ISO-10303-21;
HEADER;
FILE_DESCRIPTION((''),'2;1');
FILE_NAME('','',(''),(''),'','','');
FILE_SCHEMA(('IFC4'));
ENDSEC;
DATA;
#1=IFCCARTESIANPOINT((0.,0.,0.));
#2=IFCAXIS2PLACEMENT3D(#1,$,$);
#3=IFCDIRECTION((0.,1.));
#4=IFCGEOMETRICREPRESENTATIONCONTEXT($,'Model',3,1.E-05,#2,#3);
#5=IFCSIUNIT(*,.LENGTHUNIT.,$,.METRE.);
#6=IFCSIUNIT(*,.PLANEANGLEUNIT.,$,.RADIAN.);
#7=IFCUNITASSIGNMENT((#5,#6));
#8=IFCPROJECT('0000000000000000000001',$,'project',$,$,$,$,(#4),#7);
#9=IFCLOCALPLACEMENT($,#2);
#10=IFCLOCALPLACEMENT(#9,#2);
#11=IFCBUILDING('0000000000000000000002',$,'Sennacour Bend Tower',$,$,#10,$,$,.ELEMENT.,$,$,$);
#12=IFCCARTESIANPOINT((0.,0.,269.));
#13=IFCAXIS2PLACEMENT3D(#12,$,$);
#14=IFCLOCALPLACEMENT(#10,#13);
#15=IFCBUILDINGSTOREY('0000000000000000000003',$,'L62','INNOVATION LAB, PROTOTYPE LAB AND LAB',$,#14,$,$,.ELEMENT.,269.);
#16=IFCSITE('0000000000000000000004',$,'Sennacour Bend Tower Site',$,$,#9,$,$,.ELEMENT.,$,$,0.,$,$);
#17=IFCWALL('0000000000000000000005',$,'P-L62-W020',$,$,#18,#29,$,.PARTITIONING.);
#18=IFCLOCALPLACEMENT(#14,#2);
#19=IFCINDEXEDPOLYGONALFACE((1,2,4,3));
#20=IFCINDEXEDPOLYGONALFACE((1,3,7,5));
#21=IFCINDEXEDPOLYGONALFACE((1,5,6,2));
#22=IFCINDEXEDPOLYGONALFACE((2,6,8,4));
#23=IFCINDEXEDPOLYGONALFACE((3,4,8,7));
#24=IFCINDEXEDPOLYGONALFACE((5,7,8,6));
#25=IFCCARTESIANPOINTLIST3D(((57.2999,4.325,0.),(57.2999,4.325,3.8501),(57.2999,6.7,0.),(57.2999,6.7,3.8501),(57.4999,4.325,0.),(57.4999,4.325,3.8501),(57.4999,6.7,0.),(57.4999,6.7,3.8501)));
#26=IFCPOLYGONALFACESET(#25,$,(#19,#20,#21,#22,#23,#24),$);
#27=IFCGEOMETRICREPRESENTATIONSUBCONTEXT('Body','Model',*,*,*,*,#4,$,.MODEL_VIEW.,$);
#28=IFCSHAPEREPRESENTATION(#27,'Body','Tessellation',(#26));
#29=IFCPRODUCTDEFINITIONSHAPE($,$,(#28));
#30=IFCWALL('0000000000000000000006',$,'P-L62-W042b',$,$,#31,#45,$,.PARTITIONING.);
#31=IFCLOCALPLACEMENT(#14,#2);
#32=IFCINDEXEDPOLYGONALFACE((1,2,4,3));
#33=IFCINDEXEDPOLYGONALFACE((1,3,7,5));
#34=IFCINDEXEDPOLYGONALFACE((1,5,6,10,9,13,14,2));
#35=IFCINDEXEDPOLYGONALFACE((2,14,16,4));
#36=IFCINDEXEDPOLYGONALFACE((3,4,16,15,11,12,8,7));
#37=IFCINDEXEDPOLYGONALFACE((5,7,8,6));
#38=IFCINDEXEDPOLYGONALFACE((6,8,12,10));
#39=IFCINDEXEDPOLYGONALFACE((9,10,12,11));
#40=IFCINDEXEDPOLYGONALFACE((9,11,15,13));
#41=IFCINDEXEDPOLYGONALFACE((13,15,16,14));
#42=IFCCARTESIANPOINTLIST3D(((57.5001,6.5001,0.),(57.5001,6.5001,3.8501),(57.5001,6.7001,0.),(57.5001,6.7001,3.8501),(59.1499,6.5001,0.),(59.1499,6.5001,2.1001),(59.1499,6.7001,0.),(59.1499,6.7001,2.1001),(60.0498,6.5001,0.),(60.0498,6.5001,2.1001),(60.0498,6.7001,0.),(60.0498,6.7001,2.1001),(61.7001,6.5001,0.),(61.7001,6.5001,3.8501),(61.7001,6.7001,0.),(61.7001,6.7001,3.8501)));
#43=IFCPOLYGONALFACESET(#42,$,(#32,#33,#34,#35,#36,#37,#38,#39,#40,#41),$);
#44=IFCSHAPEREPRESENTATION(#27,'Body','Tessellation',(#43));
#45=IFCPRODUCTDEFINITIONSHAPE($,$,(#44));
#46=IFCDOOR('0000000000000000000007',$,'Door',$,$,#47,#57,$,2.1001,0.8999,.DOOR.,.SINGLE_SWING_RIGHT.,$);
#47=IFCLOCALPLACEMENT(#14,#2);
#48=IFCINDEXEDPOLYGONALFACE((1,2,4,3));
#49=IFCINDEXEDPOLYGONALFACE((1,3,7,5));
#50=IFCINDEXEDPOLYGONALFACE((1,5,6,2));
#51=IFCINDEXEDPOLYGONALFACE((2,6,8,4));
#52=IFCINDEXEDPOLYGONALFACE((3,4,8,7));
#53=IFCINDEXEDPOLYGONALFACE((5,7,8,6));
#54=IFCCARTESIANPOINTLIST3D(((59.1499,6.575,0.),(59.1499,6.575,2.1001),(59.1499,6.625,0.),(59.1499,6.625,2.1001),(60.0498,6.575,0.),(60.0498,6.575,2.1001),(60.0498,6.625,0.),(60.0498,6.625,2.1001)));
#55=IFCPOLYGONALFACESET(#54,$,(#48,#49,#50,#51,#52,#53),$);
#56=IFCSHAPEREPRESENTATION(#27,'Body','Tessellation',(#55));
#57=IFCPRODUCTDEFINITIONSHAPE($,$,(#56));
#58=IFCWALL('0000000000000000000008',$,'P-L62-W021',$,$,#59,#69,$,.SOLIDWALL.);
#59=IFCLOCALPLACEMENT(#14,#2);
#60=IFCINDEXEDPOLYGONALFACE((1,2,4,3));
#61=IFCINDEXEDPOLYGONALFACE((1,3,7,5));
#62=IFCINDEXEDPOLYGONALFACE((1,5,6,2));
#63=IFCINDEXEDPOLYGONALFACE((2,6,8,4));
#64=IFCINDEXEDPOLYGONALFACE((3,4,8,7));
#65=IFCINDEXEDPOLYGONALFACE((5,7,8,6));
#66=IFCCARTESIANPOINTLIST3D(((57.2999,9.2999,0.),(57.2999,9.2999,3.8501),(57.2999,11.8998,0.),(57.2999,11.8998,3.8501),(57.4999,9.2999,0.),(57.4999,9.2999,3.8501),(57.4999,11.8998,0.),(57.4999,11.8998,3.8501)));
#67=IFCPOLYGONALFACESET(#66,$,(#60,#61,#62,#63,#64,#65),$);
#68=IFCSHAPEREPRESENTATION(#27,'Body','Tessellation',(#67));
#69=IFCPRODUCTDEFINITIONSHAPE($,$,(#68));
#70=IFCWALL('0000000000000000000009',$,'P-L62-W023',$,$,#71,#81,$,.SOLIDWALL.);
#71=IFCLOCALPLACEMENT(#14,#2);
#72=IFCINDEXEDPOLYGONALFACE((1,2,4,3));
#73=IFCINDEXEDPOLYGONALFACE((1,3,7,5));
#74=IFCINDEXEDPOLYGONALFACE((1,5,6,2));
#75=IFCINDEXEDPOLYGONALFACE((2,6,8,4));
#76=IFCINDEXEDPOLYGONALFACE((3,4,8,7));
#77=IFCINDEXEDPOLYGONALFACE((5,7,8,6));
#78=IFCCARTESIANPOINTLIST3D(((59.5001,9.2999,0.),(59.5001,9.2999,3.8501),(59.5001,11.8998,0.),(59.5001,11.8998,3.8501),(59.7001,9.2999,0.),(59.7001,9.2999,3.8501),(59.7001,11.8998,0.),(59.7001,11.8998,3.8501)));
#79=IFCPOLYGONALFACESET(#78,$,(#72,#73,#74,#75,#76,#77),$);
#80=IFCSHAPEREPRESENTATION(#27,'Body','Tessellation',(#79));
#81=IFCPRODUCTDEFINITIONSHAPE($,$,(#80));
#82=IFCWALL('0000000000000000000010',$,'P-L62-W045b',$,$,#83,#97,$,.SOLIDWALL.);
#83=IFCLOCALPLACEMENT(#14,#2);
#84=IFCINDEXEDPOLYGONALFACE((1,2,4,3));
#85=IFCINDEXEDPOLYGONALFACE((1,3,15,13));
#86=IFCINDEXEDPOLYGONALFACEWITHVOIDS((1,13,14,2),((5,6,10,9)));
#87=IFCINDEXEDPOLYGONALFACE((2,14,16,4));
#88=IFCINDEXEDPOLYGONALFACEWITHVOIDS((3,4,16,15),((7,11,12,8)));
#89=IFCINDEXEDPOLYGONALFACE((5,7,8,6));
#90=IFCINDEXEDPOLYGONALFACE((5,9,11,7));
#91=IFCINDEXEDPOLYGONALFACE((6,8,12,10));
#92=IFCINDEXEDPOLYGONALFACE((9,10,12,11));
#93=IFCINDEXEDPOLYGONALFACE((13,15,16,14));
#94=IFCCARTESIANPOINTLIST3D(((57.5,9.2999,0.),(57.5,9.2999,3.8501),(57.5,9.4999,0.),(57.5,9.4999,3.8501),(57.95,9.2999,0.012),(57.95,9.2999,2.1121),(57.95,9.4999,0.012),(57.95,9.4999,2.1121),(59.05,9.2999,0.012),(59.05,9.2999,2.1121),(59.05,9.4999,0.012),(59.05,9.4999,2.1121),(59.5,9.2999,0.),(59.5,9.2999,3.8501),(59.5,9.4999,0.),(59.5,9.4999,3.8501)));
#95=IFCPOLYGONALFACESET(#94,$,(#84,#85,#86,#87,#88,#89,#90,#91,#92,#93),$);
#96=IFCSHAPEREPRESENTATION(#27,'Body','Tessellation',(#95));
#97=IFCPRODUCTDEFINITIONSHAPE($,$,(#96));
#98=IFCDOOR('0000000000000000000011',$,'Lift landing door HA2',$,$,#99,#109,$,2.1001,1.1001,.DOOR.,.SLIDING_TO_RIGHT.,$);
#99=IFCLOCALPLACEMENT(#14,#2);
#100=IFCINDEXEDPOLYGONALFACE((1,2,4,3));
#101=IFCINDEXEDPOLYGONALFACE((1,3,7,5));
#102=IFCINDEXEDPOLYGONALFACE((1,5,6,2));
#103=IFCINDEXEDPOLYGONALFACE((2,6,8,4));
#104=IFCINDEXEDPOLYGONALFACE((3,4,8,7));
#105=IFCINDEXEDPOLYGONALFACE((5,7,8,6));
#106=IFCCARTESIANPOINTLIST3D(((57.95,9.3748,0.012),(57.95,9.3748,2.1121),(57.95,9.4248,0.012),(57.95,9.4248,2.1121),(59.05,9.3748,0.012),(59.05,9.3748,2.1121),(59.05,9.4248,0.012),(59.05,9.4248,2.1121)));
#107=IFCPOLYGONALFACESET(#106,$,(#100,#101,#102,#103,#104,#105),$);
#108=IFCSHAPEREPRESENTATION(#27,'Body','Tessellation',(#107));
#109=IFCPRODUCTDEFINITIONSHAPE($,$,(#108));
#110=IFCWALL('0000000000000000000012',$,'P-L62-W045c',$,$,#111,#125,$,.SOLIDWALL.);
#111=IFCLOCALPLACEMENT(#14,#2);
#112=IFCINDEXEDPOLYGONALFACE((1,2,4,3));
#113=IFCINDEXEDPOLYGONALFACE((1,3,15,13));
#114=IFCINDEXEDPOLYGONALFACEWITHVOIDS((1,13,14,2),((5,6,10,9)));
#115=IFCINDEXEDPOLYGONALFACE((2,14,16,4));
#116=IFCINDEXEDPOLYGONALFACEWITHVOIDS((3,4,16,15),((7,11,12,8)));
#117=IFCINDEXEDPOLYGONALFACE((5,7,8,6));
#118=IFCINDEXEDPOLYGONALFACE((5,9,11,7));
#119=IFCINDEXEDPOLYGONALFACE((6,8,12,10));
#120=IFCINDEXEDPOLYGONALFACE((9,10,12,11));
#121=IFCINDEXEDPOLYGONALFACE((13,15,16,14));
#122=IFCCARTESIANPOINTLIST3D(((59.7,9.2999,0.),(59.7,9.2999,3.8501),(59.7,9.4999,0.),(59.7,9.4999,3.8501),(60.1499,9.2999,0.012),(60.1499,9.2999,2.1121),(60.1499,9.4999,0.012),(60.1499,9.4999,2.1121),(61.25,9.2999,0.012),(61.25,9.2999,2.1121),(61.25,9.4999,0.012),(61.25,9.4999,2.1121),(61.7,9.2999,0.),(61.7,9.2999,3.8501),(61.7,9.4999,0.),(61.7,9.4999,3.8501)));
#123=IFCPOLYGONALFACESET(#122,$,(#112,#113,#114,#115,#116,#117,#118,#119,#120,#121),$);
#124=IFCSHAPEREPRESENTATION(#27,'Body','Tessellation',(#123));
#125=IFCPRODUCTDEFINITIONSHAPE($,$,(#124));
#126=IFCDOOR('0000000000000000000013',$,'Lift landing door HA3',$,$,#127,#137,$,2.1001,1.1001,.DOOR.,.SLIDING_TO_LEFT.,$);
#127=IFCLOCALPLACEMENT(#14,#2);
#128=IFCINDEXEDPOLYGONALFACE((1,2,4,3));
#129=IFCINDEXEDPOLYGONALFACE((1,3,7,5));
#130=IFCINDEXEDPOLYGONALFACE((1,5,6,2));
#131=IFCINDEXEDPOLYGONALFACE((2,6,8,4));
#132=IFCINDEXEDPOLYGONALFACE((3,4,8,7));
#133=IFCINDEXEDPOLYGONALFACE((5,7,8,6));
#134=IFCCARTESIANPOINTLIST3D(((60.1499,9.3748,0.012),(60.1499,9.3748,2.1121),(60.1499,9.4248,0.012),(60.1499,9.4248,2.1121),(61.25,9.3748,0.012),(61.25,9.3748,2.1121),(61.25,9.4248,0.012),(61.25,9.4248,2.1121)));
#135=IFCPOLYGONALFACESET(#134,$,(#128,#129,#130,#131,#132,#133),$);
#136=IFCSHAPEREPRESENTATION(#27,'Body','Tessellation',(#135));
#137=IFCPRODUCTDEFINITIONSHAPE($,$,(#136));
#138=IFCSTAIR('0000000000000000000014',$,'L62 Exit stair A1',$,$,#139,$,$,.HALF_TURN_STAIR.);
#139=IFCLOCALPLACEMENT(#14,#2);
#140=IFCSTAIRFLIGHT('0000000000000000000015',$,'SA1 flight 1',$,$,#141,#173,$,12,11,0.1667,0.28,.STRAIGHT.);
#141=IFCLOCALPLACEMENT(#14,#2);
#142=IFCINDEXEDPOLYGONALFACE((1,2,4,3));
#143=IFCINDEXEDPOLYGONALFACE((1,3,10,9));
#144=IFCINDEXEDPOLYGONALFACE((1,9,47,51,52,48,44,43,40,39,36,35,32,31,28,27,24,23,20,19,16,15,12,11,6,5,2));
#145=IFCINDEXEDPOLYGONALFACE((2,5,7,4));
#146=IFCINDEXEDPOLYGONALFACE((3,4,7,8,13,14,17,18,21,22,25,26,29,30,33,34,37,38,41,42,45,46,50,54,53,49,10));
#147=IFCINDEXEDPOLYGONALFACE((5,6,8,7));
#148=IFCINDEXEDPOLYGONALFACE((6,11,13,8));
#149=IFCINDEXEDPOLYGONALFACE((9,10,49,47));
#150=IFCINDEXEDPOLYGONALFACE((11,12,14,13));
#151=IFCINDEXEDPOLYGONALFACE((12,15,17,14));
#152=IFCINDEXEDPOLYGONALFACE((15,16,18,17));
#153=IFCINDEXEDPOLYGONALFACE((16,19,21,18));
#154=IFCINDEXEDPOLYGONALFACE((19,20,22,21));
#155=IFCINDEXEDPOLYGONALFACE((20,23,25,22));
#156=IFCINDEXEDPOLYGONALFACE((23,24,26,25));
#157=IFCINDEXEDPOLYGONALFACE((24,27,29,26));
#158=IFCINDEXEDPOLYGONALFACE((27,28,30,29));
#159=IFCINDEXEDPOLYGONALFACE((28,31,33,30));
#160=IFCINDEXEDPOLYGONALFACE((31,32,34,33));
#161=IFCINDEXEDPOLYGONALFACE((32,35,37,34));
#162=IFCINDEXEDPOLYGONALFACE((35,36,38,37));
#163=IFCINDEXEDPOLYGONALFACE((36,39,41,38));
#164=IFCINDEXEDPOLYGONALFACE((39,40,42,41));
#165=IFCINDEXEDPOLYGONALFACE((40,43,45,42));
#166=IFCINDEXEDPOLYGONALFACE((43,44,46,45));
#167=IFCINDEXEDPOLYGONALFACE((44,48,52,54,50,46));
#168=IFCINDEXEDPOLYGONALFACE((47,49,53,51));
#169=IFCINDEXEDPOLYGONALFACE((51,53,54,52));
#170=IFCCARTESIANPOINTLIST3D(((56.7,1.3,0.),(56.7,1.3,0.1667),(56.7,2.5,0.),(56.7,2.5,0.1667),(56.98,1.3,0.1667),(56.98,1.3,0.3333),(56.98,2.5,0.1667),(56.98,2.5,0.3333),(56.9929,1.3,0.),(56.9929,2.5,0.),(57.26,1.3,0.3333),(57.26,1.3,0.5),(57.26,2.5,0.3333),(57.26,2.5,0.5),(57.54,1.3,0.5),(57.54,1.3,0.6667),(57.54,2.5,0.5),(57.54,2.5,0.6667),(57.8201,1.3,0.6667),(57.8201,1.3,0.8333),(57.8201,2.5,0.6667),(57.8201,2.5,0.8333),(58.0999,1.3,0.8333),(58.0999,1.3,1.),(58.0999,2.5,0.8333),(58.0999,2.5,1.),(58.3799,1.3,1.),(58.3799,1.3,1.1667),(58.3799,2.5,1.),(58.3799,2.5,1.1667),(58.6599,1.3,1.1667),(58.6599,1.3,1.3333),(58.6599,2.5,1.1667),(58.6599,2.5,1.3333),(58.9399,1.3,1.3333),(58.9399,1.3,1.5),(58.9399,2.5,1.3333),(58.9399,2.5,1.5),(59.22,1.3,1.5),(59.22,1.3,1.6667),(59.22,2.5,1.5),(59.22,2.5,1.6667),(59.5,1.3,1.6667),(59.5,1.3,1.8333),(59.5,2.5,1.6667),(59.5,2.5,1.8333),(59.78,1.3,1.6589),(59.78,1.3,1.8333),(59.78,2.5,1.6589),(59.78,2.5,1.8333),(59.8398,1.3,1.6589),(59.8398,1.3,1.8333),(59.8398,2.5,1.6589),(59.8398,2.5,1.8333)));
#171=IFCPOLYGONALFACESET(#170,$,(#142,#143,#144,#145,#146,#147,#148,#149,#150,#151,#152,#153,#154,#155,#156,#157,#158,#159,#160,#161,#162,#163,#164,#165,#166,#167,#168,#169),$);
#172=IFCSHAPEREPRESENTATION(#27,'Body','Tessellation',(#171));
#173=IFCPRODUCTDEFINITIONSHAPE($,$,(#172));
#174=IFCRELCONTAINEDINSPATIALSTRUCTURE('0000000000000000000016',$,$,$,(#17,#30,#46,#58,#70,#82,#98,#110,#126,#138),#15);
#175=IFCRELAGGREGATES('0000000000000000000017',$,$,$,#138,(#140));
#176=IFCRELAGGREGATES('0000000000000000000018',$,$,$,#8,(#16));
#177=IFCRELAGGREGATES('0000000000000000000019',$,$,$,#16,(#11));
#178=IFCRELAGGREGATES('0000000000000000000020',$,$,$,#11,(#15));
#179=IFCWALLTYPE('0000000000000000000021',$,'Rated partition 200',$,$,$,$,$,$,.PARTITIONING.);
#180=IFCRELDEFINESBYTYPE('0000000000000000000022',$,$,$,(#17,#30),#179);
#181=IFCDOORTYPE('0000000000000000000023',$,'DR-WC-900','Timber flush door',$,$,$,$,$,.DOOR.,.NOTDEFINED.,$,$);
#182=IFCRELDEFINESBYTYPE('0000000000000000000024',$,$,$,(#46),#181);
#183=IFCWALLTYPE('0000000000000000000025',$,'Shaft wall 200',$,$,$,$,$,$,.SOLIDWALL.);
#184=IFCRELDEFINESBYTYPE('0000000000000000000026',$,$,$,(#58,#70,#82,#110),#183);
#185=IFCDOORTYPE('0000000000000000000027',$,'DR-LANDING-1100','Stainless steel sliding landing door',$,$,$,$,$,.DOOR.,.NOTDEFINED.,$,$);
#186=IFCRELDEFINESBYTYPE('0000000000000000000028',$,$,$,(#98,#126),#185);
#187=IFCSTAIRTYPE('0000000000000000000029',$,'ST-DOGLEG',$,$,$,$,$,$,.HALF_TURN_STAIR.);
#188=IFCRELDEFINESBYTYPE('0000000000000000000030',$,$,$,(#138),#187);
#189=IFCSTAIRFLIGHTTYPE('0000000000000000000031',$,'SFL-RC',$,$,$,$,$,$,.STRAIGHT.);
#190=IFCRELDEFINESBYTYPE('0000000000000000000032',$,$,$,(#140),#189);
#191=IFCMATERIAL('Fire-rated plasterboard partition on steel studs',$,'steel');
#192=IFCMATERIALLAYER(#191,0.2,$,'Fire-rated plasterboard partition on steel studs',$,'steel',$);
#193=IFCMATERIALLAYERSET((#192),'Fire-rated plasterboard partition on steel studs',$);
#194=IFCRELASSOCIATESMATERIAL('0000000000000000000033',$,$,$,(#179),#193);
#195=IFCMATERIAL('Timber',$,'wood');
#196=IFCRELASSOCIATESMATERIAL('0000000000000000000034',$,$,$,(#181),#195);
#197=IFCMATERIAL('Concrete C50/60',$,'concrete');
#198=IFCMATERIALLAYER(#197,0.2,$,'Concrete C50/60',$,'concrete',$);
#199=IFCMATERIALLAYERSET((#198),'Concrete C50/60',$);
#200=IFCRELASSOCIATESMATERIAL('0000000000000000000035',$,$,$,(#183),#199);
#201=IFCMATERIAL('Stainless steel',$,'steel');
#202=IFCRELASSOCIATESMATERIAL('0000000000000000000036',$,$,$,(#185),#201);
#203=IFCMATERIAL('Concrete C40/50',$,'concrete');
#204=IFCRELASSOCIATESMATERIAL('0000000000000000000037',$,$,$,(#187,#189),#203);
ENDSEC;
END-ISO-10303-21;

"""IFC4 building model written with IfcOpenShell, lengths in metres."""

from ifc_helpers import new_model, si_unit, direction, frame, frame_2d, origin, place, context, subcontext, project, spatial, polyline, rectangle, outline, extrude, material, layer, layer_set, type_object, element, fill, aggregate, save


model = new_model("IFC4")

# Units and contexts
model_context = context("Model", 3, precision=1e-05, world=origin(), true_north=direction((0.0, 1.0)))
body_context = subcontext(model_context, "Body", "Model", "MODEL_VIEW")
ifc_project = project(units=[si_unit("LENGTHUNIT", "METRE"), si_unit("PLANEANGLEUNIT", "RADIAN")], contexts=[model_context])

# Site, building, storey
site_placement = place(None, origin())
site = spatial("IfcSite", under=ifc_project, at=site_placement, Name="Sennacour Bend Tower Site", CompositionType="ELEMENT", RefElevation=0.0)
building_placement = place(site_placement, origin())
building = spatial("IfcBuilding", under=site, at=building_placement, Name="Sennacour Bend Tower", CompositionType="ELEMENT")
storey_placement = place(building_placement, frame((0.0, 0.0, 269.0)))
storey = spatial("IfcBuildingStorey", under=building, at=storey_placement, Name="L62", Description="INNOVATION LAB, PROTOTYPE LAB AND LAB", CompositionType="ELEMENT", Elevation=269.0)

# Wall
ifc_material_1 = material(Name="Fire-rated plasterboard partition on steel studs", Category="steel")
ifc_layer_1 = layer(ifc_material_1, 0.2, Name="Fire-rated plasterboard partition on steel studs", Category="steel")
ifc_layer_set_1 = layer_set([ifc_layer_1], Name="Fire-rated plasterboard partition on steel studs")
wall_type_1 = type_object("IfcWallType", Name="Rated partition 200", PredefinedType="PARTITIONING", material=ifc_layer_set_1)
wall_1_placement = place(storey_placement, frame((57.3999, 4.325, 0.0), z_axis=(0.0, 0.0, 1.0), x_axis=(0.0, 1.0, 0.0)))
element("IfcWall", 1, at=wall_1_placement, inside=storey, type_object=wall_type_1, Name="P-L62-W020", PredefinedType="PARTITIONING", context=body_context, shape_type="SweptSolid", body=[
    extrude(rectangle(XDim=2.375, YDim=0.2, at=frame_2d((1.1875, 0.0))), origin(), (0.0, 0.0, 1.0), 3.8501),
])

# Wall, opening, door
wall_2_placement = place(storey_placement, frame((57.5, 6.6001, 0.0), z_axis=(0.0, 0.0, 1.0), x_axis=(1.0, 0.0, 0.0)))
wall_2 = element("IfcWall", 2, at=wall_2_placement, inside=storey, type_object=wall_type_1, Name="P-L62-W042b", PredefinedType="PARTITIONING", context=body_context, shape_type="SweptSolid", body=[
    extrude(rectangle(XDim=4.2, YDim=0.2, at=frame_2d((2.1001, 0.0))), origin(), (0.0, 0.0, 1.0), 3.8501),
])
opening_1_placement = place(wall_2_placement, frame((1.6499, 0.0, 0.0)))
opening_1 = element("IfcOpeningElement", 3, at=opening_1_placement, cuts=wall_2, PredefinedType="OPENING", context=body_context, shape_type="SweptSolid", body=[
    extrude(rectangle(XDim=0.8999, YDim=2.1001, at=frame_2d((0.45, 1.05))), frame((0.0, 0.1099, 0.0), z_axis=(0.0, -1.0, 0.0), x_axis=(1.0, 0.0, 0.0)), (0.0, 0.0, 1.0), 0.22),
])
ifc_material_2 = material(Name="Timber", Category="wood")
door_type_1 = type_object("IfcDoorType", Name="DR-WC-900", Description="Timber flush door", OperationType="NOTDEFINED", PredefinedType="DOOR", material=ifc_material_2)
door_1_placement = place(opening_1_placement, origin())
door_1 = element("IfcDoor", 4, at=door_1_placement, inside=storey, type_object=door_type_1, Name="Door", OperationType="SINGLE_SWING_RIGHT", OverallHeight=2.1001, OverallWidth=0.8999, PredefinedType="DOOR", context=body_context, shape_type="SweptSolid", body=[
    extrude(rectangle(XDim=0.8999, YDim=2.1001, at=frame_2d((0.45, 1.05))), frame((0.0, 0.0249, 0.0), z_axis=(0.0, -1.0, 0.0), x_axis=(1.0, 0.0, 0.0)), (0.0, 0.0, 1.0), 0.05),
])
fill(opening_1, door_1)

# Walls
ifc_material_3 = material(Name="Concrete C50/60", Category="concrete")
ifc_layer_2 = layer(ifc_material_3, 0.2, Name="Concrete C50/60", Category="concrete")
ifc_layer_set_2 = layer_set([ifc_layer_2], Name="Concrete C50/60")
wall_type_2 = type_object("IfcWallType", Name="Shaft wall 200", PredefinedType="SOLIDWALL", material=ifc_layer_set_2)
for number, where, z_axis, x_axis, name in (
    (5, (57.3999, 9.3, 0.0), (0.0, 0.0, 1.0), (0.0, 1.0, 0.0), "P-L62-W021"),
    (6, (59.6001, 9.3, 0.0), (0.0, 0.0, 1.0), (0.0, 1.0, 0.0), "P-L62-W023"),
):
    element("IfcWall", number, at=place(storey_placement, frame(where, z_axis=z_axis, x_axis=x_axis)), inside=storey, type_object=wall_type_2, Name=name, PredefinedType="SOLIDWALL", context=body_context, shape_type="SweptSolid", body=[
        extrude(rectangle(XDim=2.5999, YDim=0.2, at=frame_2d((1.2998, 0.0))), origin(), (0.0, 0.0, 1.0), 3.8501),
    ])

# Walls, openings, doors
wall_3_placement = place(storey_placement, frame((57.5, 9.3999, 0.0), z_axis=(0.0, 0.0, 1.0), x_axis=(1.0, 0.0, 0.0)))
wall_3 = element("IfcWall", 7, at=wall_3_placement, inside=storey, type_object=wall_type_2, Name="P-L62-W045b", PredefinedType="SOLIDWALL", context=body_context, shape_type="SweptSolid", body=[
    extrude(rectangle(XDim=2.0, YDim=0.2, at=frame_2d((1.0, 0.0))), origin(), (0.0, 0.0, 1.0), 3.8501),
])
opening_2_placement = place(wall_3_placement, frame((0.45, 0.0, 0.012)))
opening_2 = element("IfcOpeningElement", 8, at=opening_2_placement, cuts=wall_3, PredefinedType="OPENING", context=body_context, shape_type="SweptSolid", body=[
    extrude(rectangle(XDim=1.1001, YDim=2.1001, at=frame_2d((0.55, 1.05))), frame((0.0, 0.1099, 0.0), z_axis=(0.0, -1.0, 0.0), x_axis=(1.0, 0.0, 0.0)), (0.0, 0.0, 1.0), 0.22),
])
ifc_material_4 = material(Name="Stainless steel", Category="steel")
door_type_2 = type_object("IfcDoorType", Name="DR-LANDING-1100", Description="Stainless steel sliding landing door", OperationType="NOTDEFINED", PredefinedType="DOOR", material=ifc_material_4)
door_2_placement = place(opening_2_placement, origin())
door_2 = element("IfcDoor", 9, at=door_2_placement, inside=storey, type_object=door_type_2, Name="Lift landing door HA2", OperationType="SLIDING_TO_RIGHT", OverallHeight=2.1001, OverallWidth=1.1001, PredefinedType="DOOR", context=body_context, shape_type="SweptSolid", body=[
    extrude(rectangle(XDim=1.1001, YDim=2.1001, at=frame_2d((0.55, 1.05))), frame((0.0, 0.0249, 0.0), z_axis=(0.0, -1.0, 0.0), x_axis=(1.0, 0.0, 0.0)), (0.0, 0.0, 1.0), 0.05),
])
fill(opening_2, door_2)
wall_4_placement = place(storey_placement, frame((59.7, 9.3999, 0.0), z_axis=(0.0, 0.0, 1.0), x_axis=(1.0, 0.0, 0.0)))
wall_4 = element("IfcWall", 10, at=wall_4_placement, inside=storey, type_object=wall_type_2, Name="P-L62-W045c", PredefinedType="SOLIDWALL", context=body_context, shape_type="SweptSolid", body=[
    extrude(rectangle(XDim=2.0, YDim=0.2, at=frame_2d((1.0, 0.0))), origin(), (0.0, 0.0, 1.0), 3.8501),
])
opening_3_placement = place(wall_4_placement, frame((0.45, 0.0, 0.012)))
opening_3 = element("IfcOpeningElement", 11, at=opening_3_placement, cuts=wall_4, PredefinedType="OPENING", context=body_context, shape_type="SweptSolid", body=[
    extrude(rectangle(XDim=1.1001, YDim=2.1001, at=frame_2d((0.55, 1.05))), frame((0.0, 0.1099, 0.0), z_axis=(0.0, -1.0, 0.0), x_axis=(1.0, 0.0, 0.0)), (0.0, 0.0, 1.0), 0.22),
])
door_3_placement = place(opening_3_placement, origin())
door_3 = element("IfcDoor", 12, at=door_3_placement, inside=storey, type_object=door_type_2, Name="Lift landing door HA3", OperationType="SLIDING_TO_LEFT", OverallHeight=2.1001, OverallWidth=1.1001, PredefinedType="DOOR", context=body_context, shape_type="SweptSolid", body=[
    extrude(rectangle(XDim=1.1001, YDim=2.1001, at=frame_2d((0.55, 1.05))), frame((0.0, 0.0249, 0.0), z_axis=(0.0, -1.0, 0.0), x_axis=(1.0, 0.0, 0.0)), (0.0, 0.0, 1.0), 0.05),
])
fill(opening_3, door_3)

# Stair, stair flight
ifc_material_5 = material(Name="Concrete C40/50", Category="concrete")
stair_type = type_object("IfcStairType", Name="ST-DOGLEG", PredefinedType="HALF_TURN_STAIR", material=ifc_material_5)
stair_placement = place(storey_placement, origin())
stair = element("IfcStair", 13, at=stair_placement, inside=storey, type_object=stair_type, Name="L62 Exit stair A1", PredefinedType="HALF_TURN_STAIR")
stair_flight_type = type_object("IfcStairFlightType", Name="SFL-RC", PredefinedType="STRAIGHT", material=ifc_material_5)
stair_flight_placement = place(storey_placement, frame((56.7, 1.8999, 0.0), z_axis=(0.0, 0.0, 1.0), x_axis=(1.0, 0.0, 0.0)))
stair_flight = element("IfcStairFlight", 14, at=stair_flight_placement, type_object=stair_flight_type, Name="SA1 flight 1", NumberOfRisers=12, NumberOfTreads=11, PredefinedType="STRAIGHT", RiserHeight=0.1667, TreadLength=0.28, context=body_context, shape_type="SweptSolid", body=[
    extrude(outline(polyline([(0.0, 0.0), (0.0, 0.1667), (0.28, 0.1667), (0.28, 0.3333), (0.5601, 0.3333), (0.5601, 0.5), (0.8401, 0.5), (0.8401, 0.6667), (1.1201, 0.6667), (1.1201, 0.8333), (1.3999, 0.8333), (1.3999, 1.0), (1.6799, 1.0), (1.6799, 1.1667), (1.96, 1.1667), (1.96, 1.3333), (2.24, 1.3333), (2.24, 1.5), (2.52, 1.5), (2.52, 1.6667), (2.8, 1.6667), (2.8, 1.8333), (3.0801, 1.8333), (3.1399, 1.8333), (3.1399, 1.6589), (3.0801, 1.6589), (0.293, 0.0), (0.0, 0.0)])), frame((0.0, 0.6001, 0.0), z_axis=(0.0, -1.0, 0.0), x_axis=(1.0, 0.0, 0.0)), (0.0, 0.0, 1.0), 1.2),
])
aggregate(stair, [stair_flight])

save(model, "model.ifc")
